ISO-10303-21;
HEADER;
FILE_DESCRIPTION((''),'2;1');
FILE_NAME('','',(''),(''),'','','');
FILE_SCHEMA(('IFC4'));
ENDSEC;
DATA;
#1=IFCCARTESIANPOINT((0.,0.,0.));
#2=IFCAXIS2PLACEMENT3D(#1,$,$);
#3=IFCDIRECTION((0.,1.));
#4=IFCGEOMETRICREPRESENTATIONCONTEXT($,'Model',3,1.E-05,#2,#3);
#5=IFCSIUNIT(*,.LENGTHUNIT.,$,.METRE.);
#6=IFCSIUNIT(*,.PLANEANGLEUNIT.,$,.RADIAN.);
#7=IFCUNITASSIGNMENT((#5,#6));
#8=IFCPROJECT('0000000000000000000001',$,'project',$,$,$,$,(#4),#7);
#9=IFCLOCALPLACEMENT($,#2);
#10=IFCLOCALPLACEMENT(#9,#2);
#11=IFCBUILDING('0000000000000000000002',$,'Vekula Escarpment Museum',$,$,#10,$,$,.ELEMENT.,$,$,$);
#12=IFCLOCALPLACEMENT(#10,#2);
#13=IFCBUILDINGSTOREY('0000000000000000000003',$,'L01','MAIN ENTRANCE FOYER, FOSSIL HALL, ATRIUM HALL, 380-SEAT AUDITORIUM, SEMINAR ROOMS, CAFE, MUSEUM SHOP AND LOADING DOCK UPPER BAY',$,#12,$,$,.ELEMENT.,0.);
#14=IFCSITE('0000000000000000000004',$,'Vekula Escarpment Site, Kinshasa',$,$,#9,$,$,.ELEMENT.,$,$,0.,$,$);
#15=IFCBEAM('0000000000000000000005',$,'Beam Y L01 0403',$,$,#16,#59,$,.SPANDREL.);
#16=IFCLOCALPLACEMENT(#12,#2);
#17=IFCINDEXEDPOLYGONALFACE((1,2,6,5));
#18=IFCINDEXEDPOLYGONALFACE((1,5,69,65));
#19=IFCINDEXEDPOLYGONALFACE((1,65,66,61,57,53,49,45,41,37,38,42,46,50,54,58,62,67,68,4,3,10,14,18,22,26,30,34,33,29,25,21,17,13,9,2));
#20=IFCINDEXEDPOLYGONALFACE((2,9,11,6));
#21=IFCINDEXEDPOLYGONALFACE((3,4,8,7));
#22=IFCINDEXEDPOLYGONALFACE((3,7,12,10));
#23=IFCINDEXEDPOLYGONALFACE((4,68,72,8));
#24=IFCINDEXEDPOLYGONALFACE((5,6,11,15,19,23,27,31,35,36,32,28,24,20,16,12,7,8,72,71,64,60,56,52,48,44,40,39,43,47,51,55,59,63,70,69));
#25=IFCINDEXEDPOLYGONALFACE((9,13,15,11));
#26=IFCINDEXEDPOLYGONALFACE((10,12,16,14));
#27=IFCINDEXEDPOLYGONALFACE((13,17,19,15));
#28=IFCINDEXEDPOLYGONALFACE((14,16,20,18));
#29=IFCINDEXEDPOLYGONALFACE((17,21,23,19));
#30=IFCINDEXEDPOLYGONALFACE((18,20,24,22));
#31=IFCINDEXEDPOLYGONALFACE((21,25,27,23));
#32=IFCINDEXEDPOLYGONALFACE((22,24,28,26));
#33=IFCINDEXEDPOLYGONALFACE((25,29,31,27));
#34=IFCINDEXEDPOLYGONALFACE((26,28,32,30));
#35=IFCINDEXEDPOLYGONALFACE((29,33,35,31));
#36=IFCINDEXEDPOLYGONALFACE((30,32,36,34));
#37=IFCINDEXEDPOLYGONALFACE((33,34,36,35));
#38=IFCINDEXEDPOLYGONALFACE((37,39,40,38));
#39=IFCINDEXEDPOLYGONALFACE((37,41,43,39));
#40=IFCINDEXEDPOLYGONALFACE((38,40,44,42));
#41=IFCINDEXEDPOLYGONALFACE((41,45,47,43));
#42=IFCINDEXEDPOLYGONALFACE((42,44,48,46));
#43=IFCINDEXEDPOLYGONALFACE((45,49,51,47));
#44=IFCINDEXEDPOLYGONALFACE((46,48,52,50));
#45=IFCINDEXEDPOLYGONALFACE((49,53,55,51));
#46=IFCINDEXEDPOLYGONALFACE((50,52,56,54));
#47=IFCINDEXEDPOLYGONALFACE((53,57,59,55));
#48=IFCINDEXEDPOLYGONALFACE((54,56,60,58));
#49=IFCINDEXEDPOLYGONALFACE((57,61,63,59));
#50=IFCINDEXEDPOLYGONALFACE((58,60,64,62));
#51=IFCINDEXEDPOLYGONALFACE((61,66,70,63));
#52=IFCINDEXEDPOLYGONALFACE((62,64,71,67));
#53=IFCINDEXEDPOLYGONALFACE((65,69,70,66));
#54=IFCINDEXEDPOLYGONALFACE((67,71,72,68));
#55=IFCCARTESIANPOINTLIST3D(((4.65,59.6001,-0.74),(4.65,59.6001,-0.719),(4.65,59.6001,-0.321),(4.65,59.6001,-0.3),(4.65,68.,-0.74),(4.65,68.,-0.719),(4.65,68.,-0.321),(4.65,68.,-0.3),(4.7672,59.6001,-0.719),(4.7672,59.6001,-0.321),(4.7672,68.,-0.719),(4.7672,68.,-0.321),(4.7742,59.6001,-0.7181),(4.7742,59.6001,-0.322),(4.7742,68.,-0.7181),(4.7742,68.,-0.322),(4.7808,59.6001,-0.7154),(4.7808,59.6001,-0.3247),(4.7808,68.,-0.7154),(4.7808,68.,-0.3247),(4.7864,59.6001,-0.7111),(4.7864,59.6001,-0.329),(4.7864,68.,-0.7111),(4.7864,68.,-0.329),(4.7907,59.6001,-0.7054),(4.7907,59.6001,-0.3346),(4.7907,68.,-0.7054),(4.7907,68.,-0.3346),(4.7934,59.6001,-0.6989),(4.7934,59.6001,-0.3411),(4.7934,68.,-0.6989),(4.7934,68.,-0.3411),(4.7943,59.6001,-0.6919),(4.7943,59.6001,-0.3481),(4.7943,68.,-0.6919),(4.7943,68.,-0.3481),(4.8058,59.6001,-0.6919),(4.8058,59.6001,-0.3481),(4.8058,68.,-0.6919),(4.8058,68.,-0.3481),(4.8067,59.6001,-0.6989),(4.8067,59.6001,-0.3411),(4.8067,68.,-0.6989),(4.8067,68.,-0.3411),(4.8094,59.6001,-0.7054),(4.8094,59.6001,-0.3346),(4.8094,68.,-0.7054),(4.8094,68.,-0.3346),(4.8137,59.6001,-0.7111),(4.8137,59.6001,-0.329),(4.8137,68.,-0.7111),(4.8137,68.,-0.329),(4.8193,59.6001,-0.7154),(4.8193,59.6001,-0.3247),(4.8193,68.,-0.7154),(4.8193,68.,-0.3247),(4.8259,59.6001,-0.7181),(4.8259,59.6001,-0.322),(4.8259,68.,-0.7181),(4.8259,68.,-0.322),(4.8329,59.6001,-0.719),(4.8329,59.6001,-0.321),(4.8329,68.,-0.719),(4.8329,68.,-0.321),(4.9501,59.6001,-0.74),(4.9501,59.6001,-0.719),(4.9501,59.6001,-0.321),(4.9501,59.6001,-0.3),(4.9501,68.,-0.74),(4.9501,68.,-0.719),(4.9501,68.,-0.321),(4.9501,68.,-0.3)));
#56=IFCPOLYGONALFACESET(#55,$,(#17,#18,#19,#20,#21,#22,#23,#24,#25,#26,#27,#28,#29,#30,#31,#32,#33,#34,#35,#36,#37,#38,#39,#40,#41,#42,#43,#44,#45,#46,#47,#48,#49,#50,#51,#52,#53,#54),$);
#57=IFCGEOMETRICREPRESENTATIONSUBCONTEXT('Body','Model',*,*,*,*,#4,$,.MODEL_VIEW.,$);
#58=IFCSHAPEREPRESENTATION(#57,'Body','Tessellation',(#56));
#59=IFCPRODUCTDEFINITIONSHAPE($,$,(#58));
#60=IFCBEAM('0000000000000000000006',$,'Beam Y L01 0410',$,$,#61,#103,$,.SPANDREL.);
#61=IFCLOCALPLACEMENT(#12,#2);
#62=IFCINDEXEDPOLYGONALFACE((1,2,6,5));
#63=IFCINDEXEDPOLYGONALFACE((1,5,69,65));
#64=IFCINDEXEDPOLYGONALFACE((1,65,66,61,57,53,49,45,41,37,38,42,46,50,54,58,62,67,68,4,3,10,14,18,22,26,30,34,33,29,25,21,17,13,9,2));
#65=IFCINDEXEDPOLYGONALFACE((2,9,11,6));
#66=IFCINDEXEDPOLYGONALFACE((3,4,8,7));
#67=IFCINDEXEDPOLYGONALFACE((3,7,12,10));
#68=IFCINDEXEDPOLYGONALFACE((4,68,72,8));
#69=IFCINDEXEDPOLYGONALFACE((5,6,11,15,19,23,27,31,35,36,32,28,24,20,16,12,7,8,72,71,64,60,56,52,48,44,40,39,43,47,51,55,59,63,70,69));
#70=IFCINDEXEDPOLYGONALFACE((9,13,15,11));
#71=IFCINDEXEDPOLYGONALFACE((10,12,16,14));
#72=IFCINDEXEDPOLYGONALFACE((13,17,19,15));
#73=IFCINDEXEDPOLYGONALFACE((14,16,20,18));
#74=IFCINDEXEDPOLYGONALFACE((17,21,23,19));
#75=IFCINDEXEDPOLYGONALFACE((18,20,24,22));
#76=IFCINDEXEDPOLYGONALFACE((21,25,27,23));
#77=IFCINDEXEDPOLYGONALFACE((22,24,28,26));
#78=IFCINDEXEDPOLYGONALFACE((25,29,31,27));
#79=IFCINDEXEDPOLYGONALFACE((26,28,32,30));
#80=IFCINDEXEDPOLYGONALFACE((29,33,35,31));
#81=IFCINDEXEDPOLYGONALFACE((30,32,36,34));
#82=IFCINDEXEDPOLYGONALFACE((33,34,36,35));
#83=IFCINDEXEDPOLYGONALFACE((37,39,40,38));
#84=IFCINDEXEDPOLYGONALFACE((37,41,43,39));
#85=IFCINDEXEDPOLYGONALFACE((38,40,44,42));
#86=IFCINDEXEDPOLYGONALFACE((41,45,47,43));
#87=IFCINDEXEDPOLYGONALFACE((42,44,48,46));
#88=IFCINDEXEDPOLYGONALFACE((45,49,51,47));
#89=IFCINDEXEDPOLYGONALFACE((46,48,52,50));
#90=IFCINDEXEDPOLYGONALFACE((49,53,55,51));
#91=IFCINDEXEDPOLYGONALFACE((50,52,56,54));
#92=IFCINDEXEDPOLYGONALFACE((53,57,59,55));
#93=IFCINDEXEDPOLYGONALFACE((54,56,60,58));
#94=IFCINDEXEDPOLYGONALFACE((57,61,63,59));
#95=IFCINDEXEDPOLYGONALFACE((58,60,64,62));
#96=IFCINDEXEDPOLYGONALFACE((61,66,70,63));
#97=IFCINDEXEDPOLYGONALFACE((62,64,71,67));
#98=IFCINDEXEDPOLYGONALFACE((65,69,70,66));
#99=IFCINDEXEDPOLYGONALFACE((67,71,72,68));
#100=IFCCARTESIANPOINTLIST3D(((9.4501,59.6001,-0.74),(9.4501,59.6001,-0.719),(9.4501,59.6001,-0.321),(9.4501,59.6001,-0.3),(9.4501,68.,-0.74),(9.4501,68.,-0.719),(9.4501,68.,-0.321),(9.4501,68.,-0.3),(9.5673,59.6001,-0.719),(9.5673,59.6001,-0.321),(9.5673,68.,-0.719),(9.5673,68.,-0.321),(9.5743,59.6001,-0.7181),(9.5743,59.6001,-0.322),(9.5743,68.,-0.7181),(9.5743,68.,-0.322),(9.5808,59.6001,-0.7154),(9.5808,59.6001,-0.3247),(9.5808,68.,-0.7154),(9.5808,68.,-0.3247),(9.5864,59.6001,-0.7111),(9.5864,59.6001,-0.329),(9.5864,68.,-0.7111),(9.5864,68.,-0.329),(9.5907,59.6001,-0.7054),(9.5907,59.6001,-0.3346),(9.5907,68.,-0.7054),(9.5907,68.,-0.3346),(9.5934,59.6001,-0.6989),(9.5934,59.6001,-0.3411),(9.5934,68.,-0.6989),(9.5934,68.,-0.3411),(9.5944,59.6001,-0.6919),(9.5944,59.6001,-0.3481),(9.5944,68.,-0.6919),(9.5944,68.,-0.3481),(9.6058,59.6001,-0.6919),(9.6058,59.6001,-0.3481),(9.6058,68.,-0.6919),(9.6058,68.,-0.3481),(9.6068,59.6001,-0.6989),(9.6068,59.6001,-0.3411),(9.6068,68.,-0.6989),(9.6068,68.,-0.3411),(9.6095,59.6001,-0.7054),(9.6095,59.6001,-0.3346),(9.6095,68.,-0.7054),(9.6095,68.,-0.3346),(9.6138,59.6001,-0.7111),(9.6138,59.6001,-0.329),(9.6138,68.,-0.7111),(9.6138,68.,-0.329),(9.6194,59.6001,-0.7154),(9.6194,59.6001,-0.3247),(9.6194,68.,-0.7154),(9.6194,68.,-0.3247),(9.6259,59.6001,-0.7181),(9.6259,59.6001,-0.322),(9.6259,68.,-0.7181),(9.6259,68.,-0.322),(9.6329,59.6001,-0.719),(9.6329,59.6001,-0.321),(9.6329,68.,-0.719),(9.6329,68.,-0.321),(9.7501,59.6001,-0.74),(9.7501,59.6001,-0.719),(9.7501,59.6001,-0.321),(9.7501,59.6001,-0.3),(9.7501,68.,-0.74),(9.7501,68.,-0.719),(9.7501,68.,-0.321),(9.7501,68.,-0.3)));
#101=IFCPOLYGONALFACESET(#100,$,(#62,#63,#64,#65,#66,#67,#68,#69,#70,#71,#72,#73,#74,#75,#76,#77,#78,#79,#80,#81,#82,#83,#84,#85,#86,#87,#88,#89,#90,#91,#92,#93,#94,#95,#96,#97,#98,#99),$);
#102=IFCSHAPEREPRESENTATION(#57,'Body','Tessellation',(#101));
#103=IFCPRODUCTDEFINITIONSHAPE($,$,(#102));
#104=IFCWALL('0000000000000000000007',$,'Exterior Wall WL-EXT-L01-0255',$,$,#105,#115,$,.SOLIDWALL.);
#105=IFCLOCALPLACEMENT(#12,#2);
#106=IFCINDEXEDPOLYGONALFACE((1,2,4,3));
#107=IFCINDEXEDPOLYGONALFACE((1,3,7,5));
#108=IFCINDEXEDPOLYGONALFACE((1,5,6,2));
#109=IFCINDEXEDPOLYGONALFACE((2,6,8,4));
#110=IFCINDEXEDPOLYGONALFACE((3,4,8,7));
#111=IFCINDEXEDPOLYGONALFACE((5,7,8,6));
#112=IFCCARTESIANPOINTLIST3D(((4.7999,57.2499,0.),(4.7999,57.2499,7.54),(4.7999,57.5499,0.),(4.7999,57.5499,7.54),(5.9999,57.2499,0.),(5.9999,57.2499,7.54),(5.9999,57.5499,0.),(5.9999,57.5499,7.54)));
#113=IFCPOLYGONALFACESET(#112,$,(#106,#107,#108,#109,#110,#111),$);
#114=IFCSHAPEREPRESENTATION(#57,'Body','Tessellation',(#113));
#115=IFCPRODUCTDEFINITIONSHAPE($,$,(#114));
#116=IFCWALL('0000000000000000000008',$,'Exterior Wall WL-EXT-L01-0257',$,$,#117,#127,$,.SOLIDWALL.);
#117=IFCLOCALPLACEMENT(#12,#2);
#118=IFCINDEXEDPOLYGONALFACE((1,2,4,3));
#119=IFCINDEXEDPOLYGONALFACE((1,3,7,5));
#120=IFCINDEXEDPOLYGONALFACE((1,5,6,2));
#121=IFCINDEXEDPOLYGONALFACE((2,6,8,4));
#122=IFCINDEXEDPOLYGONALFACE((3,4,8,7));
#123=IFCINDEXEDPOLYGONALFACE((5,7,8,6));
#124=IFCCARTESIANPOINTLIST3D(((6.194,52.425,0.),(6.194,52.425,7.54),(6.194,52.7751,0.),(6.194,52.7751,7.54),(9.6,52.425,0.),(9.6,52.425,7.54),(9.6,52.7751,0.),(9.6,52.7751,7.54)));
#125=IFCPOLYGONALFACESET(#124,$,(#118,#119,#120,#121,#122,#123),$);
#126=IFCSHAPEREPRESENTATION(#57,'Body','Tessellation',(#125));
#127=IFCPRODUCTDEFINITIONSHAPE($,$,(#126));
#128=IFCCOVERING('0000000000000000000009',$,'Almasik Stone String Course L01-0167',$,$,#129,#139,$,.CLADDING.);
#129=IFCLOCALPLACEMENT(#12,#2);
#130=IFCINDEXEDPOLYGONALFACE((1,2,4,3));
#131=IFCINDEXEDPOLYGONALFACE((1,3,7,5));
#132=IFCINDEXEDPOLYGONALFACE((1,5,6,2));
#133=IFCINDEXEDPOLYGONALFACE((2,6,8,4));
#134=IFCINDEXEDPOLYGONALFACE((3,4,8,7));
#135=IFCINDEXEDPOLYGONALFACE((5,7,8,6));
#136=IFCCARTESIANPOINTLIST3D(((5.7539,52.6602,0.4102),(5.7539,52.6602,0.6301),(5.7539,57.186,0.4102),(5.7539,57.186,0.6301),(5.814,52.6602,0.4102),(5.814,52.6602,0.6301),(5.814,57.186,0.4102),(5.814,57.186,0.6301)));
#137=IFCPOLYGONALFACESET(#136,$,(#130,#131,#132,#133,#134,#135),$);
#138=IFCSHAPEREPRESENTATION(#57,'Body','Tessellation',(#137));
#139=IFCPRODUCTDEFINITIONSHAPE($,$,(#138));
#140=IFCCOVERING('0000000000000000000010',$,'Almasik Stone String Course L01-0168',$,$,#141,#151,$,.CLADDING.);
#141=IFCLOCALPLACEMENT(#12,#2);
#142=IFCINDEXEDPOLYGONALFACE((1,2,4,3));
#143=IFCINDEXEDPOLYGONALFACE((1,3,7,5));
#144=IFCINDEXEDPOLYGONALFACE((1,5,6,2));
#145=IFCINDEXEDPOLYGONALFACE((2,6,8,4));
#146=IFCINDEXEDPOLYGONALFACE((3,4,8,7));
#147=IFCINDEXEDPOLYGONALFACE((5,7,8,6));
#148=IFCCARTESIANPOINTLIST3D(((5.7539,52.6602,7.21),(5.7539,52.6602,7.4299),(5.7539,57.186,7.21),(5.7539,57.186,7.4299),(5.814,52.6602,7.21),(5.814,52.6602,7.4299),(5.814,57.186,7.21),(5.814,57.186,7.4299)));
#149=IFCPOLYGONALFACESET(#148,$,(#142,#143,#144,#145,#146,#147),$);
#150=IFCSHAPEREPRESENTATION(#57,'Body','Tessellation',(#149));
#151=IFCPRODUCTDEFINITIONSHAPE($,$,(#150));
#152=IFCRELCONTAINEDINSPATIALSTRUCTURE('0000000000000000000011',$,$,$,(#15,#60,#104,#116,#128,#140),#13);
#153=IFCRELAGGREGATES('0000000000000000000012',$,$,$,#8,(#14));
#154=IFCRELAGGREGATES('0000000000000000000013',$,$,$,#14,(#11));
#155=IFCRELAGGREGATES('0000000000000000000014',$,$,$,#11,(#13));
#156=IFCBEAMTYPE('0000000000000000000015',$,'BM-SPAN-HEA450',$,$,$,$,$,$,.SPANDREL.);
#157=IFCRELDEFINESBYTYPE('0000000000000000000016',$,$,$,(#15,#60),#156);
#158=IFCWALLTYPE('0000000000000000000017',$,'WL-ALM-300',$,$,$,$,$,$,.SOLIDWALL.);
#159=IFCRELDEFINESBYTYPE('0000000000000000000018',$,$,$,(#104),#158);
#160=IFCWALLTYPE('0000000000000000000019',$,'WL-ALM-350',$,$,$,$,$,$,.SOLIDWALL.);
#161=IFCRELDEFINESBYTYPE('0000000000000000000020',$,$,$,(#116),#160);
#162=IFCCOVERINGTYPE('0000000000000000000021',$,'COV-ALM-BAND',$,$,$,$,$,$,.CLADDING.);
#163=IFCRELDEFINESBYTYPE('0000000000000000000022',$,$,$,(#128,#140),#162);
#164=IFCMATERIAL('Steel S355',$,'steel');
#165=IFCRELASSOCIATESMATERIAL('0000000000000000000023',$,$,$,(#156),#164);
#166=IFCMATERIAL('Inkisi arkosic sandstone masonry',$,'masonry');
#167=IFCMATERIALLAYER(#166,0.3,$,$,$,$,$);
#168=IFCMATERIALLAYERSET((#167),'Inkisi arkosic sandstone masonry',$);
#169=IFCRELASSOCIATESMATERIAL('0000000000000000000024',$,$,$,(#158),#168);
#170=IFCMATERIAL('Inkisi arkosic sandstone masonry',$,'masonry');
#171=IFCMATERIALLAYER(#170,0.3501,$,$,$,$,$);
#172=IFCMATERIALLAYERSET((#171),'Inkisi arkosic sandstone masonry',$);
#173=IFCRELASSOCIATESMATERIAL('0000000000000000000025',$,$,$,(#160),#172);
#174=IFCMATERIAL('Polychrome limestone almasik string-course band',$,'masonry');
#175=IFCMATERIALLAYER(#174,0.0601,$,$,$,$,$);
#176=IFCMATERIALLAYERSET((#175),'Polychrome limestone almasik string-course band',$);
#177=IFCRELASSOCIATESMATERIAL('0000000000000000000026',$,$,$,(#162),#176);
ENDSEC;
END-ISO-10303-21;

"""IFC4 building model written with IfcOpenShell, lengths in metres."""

from ifc_helpers import new_model, si_unit, direction, frame, frame_2d, origin, origin_2d, place, context, subcontext, project, spatial, rectangle, i_section, extrude, material, layer, layer_set, material_profile, profile_set, type_object, element, save


model = new_model("IFC4")

# Units and contexts
model_context = context("Model", 3, precision=1e-05, world=origin(), true_north=direction((0.0, 1.0)))
body_context = subcontext(model_context, "Body", "Model", "MODEL_VIEW")
ifc_project = project(units=[si_unit("LENGTHUNIT", "METRE"), si_unit("PLANEANGLEUNIT", "RADIAN")], contexts=[model_context])

# Site, building, storey
site_placement = place(None, origin())
site = spatial("IfcSite", under=ifc_project, at=site_placement, Name="Vekula Escarpment Site, Kinshasa", CompositionType="ELEMENT", RefElevation=0.0)
building_placement = place(site_placement, origin())
building = spatial("IfcBuilding", under=site, at=building_placement, Name="Vekula Escarpment Museum", CompositionType="ELEMENT")
storey_placement = place(building_placement, origin())
storey = spatial("IfcBuildingStorey", under=building, at=storey_placement, Name="L01", Description="MAIN ENTRANCE FOYER, FOSSIL HALL, ATRIUM HALL, 380-SEAT AUDITORIUM, SEMINAR ROOMS, CAFE, MUSEUM SHOP AND LOADING DOCK UPPER BAY", CompositionType="ELEMENT", Elevation=0.0)

# Beams
ifc_material_1 = material(Name="Steel S355", Category="steel")
ifc_material_profile_1 = material_profile(ifc_material_1, i_section(OverallWidth=0.3, OverallDepth=0.4399, WebThickness=0.0115, FlangeThickness=0.021, FilletRadius=0.0271, at=origin_2d()), Name="HEA 450")
ifc_profile_set_1 = profile_set([ifc_material_profile_1], Name="Steel S355")
beam_type_1 = type_object("IfcBeamType", Name="BM-SPAN-HEA450", PredefinedType="SPANDREL", material=ifc_profile_set_1)
for number, where, z_axis, x_axis, name in (
    (1, (4.8, 59.6001, -0.52), (0.0, 1.0, 0.0), (-1.0, 0.0, 0.0), "Beam Y L01 0403"),
    (2, (9.6001, 59.6001, -0.52), (0.0, 1.0, 0.0), (-1.0, 0.0, 0.0), "Beam Y L01 0410"),
):
    element("IfcBeam", number, at=place(storey_placement, frame(where, z_axis=z_axis, x_axis=x_axis)), inside=storey, type_object=beam_type_1, Name=name, PredefinedType="SPANDREL", context=body_context, shape_type="SweptSolid", body=[
        extrude(i_section(OverallWidth=0.3, OverallDepth=0.4399, WebThickness=0.0115, FlangeThickness=0.021, FilletRadius=0.0271, at=origin_2d()), origin(), (0.0, 0.0, 1.0), 8.3999),
    ])

# Walls
ifc_material_2 = material(Name="Inkisi arkosic sandstone masonry", Category="masonry")
ifc_layer_1 = layer(ifc_material_2, 0.3)
ifc_layer_set_1 = layer_set([ifc_layer_1], Name="Inkisi arkosic sandstone masonry")
wall_type_1 = type_object("IfcWallType", Name="WL-ALM-300", PredefinedType="SOLIDWALL", material=ifc_layer_set_1)
wall_1_placement = place(storey_placement, frame((6.0, 57.3999, 0.0), z_axis=(0.0, 0.0, 1.0), x_axis=(-1.0, 0.0, 0.0)))
element("IfcWall", 3, at=wall_1_placement, inside=storey, type_object=wall_type_1, Name="Exterior Wall WL-EXT-L01-0255", PredefinedType="SOLIDWALL", context=body_context, shape_type="SweptSolid", body=[
    extrude(rectangle(XDim=1.2, YDim=0.3, at=frame_2d((0.6001, 0.0))), origin(), (0.0, 0.0, 1.0), 7.54),
])
ifc_material_3 = material(Name="Inkisi arkosic sandstone masonry", Category="masonry")
ifc_layer_2 = layer(ifc_material_3, 0.3501)
ifc_layer_set_2 = layer_set([ifc_layer_2], Name="Inkisi arkosic sandstone masonry")
wall_type_2 = type_object("IfcWallType", Name="WL-ALM-350", PredefinedType="SOLIDWALL", material=ifc_layer_set_2)
wall_2_placement = place(storey_placement, frame((9.6001, 52.6001, 0.0), z_axis=(0.0, 0.0, 1.0), x_axis=(-1.0, 0.0, 0.0)))
element("IfcWall", 4, at=wall_2_placement, inside=storey, type_object=wall_type_2, Name="Exterior Wall WL-EXT-L01-0257", PredefinedType="SOLIDWALL", context=body_context, shape_type="SweptSolid", body=[
    extrude(rectangle(XDim=3.406, YDim=0.3501, at=frame_2d((1.7031, 0.0))), origin(), (0.0, 0.0, 1.0), 7.54),
])

# Coverings
ifc_material_4 = material(Name="Polychrome limestone almasik string-course band", Category="masonry")
ifc_layer_3 = layer(ifc_material_4, 0.0601)
ifc_layer_set_3 = layer_set([ifc_layer_3], Name="Polychrome limestone almasik string-course band")
covering_type = type_object("IfcCoveringType", Name="COV-ALM-BAND", PredefinedType="CLADDING", material=ifc_layer_set_3)
for number, where, z_axis, x_axis, name in (
    (5, (5.7839, 54.9231, 0.4102), (0.0, 0.0, 1.0), (0.0, 1.0, 0.0), "Almasik Stone String Course L01-0167"),
    (6, (5.7839, 54.9231, 7.21), (0.0, 0.0, 1.0), (0.0, 1.0, 0.0), "Almasik Stone String Course L01-0168"),
):
    element("IfcCovering", number, at=place(storey_placement, frame(where, z_axis=z_axis, x_axis=x_axis)), inside=storey, type_object=covering_type, Name=name, PredefinedType="CLADDING", context=body_context, shape_type="SweptSolid", body=[
        extrude(rectangle(XDim=4.5259, YDim=0.0601, at=origin_2d()), origin(), (0.0, 0.0, 1.0), 0.22),
    ])

save(model, "model.ifc")
